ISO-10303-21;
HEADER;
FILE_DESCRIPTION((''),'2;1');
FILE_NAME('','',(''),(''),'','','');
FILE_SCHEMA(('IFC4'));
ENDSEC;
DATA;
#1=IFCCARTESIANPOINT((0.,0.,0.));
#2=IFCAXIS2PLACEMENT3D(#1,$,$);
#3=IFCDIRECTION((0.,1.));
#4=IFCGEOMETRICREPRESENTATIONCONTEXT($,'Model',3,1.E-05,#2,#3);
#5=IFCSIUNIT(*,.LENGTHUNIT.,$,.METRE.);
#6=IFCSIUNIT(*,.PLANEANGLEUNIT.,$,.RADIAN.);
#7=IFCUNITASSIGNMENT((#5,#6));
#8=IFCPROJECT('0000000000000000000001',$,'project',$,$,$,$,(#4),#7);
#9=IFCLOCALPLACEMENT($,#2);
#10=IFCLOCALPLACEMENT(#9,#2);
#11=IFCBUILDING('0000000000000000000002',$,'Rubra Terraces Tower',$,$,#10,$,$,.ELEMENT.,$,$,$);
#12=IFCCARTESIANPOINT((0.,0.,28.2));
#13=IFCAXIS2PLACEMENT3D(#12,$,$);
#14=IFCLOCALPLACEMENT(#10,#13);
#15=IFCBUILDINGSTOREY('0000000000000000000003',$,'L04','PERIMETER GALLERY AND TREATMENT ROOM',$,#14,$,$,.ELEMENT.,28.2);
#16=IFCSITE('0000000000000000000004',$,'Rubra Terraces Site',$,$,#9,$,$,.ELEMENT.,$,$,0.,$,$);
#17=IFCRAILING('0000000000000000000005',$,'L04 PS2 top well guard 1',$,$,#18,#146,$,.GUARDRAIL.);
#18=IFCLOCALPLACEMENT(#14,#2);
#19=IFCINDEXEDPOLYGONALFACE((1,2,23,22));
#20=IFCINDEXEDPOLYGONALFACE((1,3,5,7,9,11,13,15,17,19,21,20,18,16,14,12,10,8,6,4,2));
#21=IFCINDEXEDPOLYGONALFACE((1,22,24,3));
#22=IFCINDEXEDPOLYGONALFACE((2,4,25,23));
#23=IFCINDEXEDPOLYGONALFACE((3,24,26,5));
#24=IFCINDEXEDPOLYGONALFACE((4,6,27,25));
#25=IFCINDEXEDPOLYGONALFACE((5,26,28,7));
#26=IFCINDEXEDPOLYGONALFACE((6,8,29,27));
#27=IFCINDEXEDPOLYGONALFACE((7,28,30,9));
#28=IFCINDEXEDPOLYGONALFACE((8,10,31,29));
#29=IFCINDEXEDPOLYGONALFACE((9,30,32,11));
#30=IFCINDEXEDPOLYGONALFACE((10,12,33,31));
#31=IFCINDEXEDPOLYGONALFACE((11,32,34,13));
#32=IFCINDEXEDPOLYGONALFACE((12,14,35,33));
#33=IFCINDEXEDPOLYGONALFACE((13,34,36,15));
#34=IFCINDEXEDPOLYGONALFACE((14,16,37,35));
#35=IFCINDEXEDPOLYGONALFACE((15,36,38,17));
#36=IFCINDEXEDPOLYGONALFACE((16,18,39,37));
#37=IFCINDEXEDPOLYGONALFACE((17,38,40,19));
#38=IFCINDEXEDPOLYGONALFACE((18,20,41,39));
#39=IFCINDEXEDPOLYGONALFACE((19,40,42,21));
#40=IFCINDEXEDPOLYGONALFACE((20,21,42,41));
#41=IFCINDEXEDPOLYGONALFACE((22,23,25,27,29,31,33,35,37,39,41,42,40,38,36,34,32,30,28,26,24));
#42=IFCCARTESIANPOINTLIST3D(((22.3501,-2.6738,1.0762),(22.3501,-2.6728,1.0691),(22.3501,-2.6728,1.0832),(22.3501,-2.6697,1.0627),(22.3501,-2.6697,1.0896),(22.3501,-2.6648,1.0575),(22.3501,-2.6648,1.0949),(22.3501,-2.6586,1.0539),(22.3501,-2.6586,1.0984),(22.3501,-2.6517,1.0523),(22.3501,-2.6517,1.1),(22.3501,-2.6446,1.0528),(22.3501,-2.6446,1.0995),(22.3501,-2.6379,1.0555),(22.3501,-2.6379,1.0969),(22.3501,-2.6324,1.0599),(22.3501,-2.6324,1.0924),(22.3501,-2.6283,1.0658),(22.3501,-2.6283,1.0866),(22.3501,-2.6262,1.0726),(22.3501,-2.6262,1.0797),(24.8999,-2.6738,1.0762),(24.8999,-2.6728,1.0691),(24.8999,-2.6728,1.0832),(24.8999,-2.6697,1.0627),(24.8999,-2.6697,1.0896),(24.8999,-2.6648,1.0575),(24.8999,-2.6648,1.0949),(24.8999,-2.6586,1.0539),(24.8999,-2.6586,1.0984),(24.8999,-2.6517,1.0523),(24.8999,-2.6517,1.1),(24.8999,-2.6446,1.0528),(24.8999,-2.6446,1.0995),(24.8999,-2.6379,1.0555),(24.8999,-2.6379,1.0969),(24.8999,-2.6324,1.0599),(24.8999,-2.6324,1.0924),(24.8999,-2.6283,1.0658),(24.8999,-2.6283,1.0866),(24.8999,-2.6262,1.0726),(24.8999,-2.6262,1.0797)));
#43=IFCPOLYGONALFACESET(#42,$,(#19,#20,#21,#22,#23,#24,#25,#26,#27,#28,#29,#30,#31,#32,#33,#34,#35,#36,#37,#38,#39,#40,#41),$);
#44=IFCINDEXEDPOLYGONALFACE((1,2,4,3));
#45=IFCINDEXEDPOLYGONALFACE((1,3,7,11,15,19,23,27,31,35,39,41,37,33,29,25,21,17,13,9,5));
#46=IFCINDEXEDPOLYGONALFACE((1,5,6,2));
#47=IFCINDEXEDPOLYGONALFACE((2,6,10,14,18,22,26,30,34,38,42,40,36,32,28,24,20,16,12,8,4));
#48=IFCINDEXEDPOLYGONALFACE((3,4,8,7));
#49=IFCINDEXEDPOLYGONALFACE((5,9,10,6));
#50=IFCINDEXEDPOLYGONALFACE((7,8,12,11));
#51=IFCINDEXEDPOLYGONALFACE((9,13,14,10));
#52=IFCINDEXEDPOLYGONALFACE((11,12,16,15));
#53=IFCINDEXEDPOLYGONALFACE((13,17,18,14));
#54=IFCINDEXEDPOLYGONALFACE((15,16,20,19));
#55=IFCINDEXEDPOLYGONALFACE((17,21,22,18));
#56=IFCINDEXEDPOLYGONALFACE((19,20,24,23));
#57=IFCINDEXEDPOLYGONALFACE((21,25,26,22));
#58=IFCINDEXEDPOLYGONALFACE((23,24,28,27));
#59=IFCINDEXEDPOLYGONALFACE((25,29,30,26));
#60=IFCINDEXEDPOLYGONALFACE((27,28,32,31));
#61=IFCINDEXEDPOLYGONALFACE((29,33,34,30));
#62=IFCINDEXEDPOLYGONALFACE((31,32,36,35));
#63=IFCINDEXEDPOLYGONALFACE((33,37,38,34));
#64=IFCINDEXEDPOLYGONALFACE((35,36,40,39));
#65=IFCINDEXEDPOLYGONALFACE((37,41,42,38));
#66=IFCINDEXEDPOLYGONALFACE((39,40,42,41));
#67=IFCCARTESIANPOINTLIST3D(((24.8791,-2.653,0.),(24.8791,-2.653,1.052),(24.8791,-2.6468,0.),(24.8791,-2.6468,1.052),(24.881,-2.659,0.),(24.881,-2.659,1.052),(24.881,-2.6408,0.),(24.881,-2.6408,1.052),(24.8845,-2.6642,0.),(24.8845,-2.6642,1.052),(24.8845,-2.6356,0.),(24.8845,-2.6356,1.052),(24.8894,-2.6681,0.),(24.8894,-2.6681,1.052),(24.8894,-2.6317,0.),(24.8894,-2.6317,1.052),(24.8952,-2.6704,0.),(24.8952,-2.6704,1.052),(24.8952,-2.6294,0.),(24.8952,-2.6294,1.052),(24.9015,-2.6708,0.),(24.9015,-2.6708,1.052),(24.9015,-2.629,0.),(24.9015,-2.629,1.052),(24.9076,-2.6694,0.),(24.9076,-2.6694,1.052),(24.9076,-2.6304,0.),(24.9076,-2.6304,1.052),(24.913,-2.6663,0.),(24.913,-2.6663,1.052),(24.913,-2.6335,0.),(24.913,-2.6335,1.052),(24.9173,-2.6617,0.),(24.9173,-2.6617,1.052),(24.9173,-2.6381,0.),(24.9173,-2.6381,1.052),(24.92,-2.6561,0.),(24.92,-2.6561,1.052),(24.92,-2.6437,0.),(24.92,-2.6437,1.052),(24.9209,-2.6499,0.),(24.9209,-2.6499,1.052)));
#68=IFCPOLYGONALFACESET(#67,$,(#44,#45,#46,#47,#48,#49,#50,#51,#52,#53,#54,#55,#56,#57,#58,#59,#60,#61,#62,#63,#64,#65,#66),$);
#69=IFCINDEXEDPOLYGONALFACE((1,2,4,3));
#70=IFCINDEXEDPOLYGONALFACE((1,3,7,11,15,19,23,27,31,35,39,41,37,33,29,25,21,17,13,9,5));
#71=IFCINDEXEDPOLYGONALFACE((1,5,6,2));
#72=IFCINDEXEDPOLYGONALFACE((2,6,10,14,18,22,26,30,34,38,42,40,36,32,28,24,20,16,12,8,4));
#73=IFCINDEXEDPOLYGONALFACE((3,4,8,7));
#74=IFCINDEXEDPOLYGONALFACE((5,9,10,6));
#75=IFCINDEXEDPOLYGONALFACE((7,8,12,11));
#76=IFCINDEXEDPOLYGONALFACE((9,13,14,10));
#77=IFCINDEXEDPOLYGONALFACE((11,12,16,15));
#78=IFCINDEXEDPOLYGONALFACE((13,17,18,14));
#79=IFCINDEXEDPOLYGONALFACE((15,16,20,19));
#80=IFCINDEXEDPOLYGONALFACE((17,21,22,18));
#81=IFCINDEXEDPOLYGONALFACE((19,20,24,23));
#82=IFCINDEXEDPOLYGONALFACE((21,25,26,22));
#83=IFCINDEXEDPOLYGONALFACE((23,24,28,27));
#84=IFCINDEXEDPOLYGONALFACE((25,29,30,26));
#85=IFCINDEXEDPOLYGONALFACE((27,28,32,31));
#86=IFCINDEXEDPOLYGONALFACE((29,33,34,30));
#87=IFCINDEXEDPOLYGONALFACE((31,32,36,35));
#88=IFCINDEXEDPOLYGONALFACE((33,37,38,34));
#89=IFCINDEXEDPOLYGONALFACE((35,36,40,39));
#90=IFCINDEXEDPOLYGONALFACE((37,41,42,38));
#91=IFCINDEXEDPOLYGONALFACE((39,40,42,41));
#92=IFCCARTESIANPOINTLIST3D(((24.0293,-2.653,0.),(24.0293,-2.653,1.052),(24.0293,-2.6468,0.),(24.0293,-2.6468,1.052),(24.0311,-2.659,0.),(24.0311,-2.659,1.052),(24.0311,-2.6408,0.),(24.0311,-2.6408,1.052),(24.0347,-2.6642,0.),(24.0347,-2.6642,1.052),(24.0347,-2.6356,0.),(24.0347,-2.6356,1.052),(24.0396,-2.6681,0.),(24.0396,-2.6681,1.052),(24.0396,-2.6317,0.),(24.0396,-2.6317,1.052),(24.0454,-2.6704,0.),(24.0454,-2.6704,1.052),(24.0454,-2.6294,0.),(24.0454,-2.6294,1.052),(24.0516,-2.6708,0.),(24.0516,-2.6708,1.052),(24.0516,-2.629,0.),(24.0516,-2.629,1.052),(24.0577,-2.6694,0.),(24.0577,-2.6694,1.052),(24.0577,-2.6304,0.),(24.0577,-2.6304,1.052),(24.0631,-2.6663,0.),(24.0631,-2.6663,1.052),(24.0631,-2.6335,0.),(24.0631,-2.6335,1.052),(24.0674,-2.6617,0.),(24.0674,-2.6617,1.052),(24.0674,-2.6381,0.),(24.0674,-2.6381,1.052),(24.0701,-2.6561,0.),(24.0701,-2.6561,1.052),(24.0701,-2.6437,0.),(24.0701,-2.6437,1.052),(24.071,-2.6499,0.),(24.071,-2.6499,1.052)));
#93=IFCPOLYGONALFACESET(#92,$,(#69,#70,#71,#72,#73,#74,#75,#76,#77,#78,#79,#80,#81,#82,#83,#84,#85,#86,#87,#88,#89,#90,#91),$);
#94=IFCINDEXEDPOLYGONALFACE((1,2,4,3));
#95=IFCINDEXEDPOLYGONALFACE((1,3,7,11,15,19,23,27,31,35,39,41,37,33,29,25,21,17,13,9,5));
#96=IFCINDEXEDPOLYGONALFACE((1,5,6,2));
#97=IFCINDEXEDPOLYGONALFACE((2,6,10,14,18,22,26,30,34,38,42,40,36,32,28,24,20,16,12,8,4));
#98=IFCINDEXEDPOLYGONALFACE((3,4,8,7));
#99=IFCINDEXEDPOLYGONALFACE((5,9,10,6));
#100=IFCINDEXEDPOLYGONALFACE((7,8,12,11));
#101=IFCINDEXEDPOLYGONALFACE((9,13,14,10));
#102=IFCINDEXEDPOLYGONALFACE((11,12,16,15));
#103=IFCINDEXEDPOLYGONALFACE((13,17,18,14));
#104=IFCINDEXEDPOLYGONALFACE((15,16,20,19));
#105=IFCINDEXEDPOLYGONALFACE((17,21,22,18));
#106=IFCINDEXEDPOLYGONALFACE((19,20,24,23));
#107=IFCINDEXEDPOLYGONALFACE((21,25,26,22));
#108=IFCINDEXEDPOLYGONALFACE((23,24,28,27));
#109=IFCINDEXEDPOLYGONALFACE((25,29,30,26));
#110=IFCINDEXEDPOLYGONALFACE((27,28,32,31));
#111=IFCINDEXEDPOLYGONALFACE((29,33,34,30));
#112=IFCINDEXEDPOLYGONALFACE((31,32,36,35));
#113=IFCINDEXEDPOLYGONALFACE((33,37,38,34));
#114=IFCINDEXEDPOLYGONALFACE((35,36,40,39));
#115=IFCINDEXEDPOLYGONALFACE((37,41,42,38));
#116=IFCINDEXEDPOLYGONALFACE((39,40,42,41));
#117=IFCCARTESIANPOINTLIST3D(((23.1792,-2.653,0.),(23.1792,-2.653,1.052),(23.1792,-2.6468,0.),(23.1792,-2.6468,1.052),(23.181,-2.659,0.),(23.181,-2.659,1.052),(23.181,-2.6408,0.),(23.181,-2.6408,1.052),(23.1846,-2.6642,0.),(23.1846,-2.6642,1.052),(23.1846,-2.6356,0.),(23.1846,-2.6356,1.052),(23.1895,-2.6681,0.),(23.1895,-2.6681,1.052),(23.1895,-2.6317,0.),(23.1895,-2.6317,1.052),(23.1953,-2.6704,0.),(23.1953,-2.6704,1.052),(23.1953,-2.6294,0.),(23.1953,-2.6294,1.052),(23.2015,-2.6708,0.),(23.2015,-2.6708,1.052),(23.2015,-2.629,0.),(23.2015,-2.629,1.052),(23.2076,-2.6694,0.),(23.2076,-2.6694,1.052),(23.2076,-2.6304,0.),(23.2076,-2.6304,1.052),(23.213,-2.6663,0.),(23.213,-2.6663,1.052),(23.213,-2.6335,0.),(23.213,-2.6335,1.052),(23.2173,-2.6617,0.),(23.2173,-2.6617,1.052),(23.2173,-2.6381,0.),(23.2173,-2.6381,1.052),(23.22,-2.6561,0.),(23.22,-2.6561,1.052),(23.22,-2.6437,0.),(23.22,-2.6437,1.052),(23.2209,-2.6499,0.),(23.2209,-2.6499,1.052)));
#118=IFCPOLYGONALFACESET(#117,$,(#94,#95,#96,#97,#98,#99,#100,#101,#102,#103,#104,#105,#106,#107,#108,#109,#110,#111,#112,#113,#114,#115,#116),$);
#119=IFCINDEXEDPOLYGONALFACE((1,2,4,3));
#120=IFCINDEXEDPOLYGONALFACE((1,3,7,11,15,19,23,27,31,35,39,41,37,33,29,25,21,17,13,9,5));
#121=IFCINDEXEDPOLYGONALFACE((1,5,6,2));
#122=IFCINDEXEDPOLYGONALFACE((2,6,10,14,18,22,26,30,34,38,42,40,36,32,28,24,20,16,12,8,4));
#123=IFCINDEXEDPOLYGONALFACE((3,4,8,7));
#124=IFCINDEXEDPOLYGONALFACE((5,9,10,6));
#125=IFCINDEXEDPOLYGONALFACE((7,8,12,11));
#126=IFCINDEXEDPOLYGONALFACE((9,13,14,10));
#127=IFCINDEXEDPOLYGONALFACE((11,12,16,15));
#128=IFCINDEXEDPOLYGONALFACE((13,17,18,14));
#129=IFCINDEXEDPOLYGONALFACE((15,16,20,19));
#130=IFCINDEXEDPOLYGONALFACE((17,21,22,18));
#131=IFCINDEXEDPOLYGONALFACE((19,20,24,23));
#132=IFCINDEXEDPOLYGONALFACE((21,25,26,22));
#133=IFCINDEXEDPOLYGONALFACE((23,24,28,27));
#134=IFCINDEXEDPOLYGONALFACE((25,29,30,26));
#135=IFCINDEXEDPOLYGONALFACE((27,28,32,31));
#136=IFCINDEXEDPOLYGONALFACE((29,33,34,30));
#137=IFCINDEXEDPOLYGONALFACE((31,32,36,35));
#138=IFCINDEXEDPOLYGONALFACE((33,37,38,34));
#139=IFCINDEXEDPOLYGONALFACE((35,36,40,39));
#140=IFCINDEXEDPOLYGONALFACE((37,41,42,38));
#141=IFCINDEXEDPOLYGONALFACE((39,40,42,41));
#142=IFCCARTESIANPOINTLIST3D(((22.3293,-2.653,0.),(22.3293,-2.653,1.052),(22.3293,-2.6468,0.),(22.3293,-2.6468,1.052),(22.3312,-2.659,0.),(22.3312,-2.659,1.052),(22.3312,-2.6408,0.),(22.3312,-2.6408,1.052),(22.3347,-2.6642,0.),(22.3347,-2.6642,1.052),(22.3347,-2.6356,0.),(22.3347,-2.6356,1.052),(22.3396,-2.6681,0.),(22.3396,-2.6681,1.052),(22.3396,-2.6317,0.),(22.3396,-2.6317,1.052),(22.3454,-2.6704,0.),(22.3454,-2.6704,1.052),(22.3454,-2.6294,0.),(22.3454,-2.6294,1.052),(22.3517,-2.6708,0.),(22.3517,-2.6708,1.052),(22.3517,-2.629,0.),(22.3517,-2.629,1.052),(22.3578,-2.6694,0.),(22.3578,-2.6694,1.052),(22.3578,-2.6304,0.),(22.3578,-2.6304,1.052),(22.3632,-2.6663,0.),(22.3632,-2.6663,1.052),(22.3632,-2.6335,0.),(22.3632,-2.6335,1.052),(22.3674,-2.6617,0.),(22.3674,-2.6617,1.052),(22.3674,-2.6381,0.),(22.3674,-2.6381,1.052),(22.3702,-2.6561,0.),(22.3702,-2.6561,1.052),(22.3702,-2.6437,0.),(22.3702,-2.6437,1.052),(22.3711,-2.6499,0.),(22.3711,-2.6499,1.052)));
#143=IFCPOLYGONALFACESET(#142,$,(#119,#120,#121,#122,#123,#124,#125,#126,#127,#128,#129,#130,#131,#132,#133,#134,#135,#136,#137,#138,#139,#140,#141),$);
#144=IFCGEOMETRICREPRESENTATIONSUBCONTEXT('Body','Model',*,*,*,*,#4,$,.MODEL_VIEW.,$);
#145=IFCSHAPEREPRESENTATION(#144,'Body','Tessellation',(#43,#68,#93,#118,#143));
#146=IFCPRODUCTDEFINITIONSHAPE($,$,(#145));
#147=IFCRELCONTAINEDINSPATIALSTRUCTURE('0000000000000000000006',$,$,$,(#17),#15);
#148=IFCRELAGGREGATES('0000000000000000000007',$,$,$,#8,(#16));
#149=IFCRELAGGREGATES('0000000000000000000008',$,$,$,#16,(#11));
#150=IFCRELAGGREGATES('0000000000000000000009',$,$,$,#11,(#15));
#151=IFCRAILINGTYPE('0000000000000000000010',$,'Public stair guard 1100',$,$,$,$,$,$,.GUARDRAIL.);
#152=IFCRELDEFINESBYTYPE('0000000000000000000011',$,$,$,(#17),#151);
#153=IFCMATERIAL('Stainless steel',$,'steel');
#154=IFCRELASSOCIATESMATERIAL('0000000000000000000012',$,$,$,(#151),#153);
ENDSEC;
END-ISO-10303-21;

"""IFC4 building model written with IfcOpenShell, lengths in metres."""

from ifc_helpers import new_model, si_unit, direction, frame, origin, origin_2d, place, context, subcontext, project, spatial, circle, extrude, material, type_object, element, save


model = new_model("IFC4")

# Units and contexts
model_context = context("Model", 3, precision=1e-05, world=origin(), true_north=direction((0.0, 1.0)))
body_context = subcontext(model_context, "Body", "Model", "MODEL_VIEW")
ifc_project = project(units=[si_unit("LENGTHUNIT", "METRE"), si_unit("PLANEANGLEUNIT", "RADIAN")], contexts=[model_context])

# Site, building, storey
site_placement = place(None, origin())
site = spatial("IfcSite", under=ifc_project, at=site_placement, Name="Rubra Terraces Site", CompositionType="ELEMENT", RefElevation=0.0)
building_placement = place(site_placement, origin())
building = spatial("IfcBuilding", under=site, at=building_placement, Name="Rubra Terraces Tower", CompositionType="ELEMENT")
storey_placement = place(building_placement, frame((0.0, 0.0, 28.2)))
storey = spatial("IfcBuildingStorey", under=building, at=storey_placement, Name="L04", Description="PERIMETER GALLERY AND TREATMENT ROOM", CompositionType="ELEMENT", Elevation=28.2)

# Railing
ifc_material_1 = material(Name="Stainless steel", Category="steel")
railing_type = type_object("IfcRailingType", Name="Public stair guard 1100", PredefinedType="GUARDRAIL", material=ifc_material_1)
railing_placement = place(storey_placement, frame((24.8999, -2.6499, 0.0)))
element("IfcRailing", 1, at=railing_placement, inside=storey, type_object=railing_type, Name="L04 PS2 top well guard 1", PredefinedType="GUARDRAIL", context=body_context, shape_type="SweptSolid", body=[
    extrude(circle(Radius=0.0239, at=origin_2d()), frame((0.0, 0.0, 1.0762), z_axis=(-1.0, 0.0, 0.0), x_axis=(0.0, -1.0, 0.0)), (0.0, 0.0, 1.0), 2.5498),
    extrude(circle(Radius=0.021, at=origin_2d()), origin(), (0.0, 0.0, 1.0), 1.052),
    extrude(circle(Radius=0.021, at=origin_2d()), frame((-0.8499, 0.0, 0.0)), (0.0, 0.0, 1.0), 1.052),
    extrude(circle(Radius=0.021, at=origin_2d()), frame((-1.7, 0.0, 0.0)), (0.0, 0.0, 1.0), 1.052),
    extrude(circle(Radius=0.021, at=origin_2d()), frame((-2.5498, 0.0, 0.0)), (0.0, 0.0, 1.0), 1.052),
])

save(model, "model.ifc")
